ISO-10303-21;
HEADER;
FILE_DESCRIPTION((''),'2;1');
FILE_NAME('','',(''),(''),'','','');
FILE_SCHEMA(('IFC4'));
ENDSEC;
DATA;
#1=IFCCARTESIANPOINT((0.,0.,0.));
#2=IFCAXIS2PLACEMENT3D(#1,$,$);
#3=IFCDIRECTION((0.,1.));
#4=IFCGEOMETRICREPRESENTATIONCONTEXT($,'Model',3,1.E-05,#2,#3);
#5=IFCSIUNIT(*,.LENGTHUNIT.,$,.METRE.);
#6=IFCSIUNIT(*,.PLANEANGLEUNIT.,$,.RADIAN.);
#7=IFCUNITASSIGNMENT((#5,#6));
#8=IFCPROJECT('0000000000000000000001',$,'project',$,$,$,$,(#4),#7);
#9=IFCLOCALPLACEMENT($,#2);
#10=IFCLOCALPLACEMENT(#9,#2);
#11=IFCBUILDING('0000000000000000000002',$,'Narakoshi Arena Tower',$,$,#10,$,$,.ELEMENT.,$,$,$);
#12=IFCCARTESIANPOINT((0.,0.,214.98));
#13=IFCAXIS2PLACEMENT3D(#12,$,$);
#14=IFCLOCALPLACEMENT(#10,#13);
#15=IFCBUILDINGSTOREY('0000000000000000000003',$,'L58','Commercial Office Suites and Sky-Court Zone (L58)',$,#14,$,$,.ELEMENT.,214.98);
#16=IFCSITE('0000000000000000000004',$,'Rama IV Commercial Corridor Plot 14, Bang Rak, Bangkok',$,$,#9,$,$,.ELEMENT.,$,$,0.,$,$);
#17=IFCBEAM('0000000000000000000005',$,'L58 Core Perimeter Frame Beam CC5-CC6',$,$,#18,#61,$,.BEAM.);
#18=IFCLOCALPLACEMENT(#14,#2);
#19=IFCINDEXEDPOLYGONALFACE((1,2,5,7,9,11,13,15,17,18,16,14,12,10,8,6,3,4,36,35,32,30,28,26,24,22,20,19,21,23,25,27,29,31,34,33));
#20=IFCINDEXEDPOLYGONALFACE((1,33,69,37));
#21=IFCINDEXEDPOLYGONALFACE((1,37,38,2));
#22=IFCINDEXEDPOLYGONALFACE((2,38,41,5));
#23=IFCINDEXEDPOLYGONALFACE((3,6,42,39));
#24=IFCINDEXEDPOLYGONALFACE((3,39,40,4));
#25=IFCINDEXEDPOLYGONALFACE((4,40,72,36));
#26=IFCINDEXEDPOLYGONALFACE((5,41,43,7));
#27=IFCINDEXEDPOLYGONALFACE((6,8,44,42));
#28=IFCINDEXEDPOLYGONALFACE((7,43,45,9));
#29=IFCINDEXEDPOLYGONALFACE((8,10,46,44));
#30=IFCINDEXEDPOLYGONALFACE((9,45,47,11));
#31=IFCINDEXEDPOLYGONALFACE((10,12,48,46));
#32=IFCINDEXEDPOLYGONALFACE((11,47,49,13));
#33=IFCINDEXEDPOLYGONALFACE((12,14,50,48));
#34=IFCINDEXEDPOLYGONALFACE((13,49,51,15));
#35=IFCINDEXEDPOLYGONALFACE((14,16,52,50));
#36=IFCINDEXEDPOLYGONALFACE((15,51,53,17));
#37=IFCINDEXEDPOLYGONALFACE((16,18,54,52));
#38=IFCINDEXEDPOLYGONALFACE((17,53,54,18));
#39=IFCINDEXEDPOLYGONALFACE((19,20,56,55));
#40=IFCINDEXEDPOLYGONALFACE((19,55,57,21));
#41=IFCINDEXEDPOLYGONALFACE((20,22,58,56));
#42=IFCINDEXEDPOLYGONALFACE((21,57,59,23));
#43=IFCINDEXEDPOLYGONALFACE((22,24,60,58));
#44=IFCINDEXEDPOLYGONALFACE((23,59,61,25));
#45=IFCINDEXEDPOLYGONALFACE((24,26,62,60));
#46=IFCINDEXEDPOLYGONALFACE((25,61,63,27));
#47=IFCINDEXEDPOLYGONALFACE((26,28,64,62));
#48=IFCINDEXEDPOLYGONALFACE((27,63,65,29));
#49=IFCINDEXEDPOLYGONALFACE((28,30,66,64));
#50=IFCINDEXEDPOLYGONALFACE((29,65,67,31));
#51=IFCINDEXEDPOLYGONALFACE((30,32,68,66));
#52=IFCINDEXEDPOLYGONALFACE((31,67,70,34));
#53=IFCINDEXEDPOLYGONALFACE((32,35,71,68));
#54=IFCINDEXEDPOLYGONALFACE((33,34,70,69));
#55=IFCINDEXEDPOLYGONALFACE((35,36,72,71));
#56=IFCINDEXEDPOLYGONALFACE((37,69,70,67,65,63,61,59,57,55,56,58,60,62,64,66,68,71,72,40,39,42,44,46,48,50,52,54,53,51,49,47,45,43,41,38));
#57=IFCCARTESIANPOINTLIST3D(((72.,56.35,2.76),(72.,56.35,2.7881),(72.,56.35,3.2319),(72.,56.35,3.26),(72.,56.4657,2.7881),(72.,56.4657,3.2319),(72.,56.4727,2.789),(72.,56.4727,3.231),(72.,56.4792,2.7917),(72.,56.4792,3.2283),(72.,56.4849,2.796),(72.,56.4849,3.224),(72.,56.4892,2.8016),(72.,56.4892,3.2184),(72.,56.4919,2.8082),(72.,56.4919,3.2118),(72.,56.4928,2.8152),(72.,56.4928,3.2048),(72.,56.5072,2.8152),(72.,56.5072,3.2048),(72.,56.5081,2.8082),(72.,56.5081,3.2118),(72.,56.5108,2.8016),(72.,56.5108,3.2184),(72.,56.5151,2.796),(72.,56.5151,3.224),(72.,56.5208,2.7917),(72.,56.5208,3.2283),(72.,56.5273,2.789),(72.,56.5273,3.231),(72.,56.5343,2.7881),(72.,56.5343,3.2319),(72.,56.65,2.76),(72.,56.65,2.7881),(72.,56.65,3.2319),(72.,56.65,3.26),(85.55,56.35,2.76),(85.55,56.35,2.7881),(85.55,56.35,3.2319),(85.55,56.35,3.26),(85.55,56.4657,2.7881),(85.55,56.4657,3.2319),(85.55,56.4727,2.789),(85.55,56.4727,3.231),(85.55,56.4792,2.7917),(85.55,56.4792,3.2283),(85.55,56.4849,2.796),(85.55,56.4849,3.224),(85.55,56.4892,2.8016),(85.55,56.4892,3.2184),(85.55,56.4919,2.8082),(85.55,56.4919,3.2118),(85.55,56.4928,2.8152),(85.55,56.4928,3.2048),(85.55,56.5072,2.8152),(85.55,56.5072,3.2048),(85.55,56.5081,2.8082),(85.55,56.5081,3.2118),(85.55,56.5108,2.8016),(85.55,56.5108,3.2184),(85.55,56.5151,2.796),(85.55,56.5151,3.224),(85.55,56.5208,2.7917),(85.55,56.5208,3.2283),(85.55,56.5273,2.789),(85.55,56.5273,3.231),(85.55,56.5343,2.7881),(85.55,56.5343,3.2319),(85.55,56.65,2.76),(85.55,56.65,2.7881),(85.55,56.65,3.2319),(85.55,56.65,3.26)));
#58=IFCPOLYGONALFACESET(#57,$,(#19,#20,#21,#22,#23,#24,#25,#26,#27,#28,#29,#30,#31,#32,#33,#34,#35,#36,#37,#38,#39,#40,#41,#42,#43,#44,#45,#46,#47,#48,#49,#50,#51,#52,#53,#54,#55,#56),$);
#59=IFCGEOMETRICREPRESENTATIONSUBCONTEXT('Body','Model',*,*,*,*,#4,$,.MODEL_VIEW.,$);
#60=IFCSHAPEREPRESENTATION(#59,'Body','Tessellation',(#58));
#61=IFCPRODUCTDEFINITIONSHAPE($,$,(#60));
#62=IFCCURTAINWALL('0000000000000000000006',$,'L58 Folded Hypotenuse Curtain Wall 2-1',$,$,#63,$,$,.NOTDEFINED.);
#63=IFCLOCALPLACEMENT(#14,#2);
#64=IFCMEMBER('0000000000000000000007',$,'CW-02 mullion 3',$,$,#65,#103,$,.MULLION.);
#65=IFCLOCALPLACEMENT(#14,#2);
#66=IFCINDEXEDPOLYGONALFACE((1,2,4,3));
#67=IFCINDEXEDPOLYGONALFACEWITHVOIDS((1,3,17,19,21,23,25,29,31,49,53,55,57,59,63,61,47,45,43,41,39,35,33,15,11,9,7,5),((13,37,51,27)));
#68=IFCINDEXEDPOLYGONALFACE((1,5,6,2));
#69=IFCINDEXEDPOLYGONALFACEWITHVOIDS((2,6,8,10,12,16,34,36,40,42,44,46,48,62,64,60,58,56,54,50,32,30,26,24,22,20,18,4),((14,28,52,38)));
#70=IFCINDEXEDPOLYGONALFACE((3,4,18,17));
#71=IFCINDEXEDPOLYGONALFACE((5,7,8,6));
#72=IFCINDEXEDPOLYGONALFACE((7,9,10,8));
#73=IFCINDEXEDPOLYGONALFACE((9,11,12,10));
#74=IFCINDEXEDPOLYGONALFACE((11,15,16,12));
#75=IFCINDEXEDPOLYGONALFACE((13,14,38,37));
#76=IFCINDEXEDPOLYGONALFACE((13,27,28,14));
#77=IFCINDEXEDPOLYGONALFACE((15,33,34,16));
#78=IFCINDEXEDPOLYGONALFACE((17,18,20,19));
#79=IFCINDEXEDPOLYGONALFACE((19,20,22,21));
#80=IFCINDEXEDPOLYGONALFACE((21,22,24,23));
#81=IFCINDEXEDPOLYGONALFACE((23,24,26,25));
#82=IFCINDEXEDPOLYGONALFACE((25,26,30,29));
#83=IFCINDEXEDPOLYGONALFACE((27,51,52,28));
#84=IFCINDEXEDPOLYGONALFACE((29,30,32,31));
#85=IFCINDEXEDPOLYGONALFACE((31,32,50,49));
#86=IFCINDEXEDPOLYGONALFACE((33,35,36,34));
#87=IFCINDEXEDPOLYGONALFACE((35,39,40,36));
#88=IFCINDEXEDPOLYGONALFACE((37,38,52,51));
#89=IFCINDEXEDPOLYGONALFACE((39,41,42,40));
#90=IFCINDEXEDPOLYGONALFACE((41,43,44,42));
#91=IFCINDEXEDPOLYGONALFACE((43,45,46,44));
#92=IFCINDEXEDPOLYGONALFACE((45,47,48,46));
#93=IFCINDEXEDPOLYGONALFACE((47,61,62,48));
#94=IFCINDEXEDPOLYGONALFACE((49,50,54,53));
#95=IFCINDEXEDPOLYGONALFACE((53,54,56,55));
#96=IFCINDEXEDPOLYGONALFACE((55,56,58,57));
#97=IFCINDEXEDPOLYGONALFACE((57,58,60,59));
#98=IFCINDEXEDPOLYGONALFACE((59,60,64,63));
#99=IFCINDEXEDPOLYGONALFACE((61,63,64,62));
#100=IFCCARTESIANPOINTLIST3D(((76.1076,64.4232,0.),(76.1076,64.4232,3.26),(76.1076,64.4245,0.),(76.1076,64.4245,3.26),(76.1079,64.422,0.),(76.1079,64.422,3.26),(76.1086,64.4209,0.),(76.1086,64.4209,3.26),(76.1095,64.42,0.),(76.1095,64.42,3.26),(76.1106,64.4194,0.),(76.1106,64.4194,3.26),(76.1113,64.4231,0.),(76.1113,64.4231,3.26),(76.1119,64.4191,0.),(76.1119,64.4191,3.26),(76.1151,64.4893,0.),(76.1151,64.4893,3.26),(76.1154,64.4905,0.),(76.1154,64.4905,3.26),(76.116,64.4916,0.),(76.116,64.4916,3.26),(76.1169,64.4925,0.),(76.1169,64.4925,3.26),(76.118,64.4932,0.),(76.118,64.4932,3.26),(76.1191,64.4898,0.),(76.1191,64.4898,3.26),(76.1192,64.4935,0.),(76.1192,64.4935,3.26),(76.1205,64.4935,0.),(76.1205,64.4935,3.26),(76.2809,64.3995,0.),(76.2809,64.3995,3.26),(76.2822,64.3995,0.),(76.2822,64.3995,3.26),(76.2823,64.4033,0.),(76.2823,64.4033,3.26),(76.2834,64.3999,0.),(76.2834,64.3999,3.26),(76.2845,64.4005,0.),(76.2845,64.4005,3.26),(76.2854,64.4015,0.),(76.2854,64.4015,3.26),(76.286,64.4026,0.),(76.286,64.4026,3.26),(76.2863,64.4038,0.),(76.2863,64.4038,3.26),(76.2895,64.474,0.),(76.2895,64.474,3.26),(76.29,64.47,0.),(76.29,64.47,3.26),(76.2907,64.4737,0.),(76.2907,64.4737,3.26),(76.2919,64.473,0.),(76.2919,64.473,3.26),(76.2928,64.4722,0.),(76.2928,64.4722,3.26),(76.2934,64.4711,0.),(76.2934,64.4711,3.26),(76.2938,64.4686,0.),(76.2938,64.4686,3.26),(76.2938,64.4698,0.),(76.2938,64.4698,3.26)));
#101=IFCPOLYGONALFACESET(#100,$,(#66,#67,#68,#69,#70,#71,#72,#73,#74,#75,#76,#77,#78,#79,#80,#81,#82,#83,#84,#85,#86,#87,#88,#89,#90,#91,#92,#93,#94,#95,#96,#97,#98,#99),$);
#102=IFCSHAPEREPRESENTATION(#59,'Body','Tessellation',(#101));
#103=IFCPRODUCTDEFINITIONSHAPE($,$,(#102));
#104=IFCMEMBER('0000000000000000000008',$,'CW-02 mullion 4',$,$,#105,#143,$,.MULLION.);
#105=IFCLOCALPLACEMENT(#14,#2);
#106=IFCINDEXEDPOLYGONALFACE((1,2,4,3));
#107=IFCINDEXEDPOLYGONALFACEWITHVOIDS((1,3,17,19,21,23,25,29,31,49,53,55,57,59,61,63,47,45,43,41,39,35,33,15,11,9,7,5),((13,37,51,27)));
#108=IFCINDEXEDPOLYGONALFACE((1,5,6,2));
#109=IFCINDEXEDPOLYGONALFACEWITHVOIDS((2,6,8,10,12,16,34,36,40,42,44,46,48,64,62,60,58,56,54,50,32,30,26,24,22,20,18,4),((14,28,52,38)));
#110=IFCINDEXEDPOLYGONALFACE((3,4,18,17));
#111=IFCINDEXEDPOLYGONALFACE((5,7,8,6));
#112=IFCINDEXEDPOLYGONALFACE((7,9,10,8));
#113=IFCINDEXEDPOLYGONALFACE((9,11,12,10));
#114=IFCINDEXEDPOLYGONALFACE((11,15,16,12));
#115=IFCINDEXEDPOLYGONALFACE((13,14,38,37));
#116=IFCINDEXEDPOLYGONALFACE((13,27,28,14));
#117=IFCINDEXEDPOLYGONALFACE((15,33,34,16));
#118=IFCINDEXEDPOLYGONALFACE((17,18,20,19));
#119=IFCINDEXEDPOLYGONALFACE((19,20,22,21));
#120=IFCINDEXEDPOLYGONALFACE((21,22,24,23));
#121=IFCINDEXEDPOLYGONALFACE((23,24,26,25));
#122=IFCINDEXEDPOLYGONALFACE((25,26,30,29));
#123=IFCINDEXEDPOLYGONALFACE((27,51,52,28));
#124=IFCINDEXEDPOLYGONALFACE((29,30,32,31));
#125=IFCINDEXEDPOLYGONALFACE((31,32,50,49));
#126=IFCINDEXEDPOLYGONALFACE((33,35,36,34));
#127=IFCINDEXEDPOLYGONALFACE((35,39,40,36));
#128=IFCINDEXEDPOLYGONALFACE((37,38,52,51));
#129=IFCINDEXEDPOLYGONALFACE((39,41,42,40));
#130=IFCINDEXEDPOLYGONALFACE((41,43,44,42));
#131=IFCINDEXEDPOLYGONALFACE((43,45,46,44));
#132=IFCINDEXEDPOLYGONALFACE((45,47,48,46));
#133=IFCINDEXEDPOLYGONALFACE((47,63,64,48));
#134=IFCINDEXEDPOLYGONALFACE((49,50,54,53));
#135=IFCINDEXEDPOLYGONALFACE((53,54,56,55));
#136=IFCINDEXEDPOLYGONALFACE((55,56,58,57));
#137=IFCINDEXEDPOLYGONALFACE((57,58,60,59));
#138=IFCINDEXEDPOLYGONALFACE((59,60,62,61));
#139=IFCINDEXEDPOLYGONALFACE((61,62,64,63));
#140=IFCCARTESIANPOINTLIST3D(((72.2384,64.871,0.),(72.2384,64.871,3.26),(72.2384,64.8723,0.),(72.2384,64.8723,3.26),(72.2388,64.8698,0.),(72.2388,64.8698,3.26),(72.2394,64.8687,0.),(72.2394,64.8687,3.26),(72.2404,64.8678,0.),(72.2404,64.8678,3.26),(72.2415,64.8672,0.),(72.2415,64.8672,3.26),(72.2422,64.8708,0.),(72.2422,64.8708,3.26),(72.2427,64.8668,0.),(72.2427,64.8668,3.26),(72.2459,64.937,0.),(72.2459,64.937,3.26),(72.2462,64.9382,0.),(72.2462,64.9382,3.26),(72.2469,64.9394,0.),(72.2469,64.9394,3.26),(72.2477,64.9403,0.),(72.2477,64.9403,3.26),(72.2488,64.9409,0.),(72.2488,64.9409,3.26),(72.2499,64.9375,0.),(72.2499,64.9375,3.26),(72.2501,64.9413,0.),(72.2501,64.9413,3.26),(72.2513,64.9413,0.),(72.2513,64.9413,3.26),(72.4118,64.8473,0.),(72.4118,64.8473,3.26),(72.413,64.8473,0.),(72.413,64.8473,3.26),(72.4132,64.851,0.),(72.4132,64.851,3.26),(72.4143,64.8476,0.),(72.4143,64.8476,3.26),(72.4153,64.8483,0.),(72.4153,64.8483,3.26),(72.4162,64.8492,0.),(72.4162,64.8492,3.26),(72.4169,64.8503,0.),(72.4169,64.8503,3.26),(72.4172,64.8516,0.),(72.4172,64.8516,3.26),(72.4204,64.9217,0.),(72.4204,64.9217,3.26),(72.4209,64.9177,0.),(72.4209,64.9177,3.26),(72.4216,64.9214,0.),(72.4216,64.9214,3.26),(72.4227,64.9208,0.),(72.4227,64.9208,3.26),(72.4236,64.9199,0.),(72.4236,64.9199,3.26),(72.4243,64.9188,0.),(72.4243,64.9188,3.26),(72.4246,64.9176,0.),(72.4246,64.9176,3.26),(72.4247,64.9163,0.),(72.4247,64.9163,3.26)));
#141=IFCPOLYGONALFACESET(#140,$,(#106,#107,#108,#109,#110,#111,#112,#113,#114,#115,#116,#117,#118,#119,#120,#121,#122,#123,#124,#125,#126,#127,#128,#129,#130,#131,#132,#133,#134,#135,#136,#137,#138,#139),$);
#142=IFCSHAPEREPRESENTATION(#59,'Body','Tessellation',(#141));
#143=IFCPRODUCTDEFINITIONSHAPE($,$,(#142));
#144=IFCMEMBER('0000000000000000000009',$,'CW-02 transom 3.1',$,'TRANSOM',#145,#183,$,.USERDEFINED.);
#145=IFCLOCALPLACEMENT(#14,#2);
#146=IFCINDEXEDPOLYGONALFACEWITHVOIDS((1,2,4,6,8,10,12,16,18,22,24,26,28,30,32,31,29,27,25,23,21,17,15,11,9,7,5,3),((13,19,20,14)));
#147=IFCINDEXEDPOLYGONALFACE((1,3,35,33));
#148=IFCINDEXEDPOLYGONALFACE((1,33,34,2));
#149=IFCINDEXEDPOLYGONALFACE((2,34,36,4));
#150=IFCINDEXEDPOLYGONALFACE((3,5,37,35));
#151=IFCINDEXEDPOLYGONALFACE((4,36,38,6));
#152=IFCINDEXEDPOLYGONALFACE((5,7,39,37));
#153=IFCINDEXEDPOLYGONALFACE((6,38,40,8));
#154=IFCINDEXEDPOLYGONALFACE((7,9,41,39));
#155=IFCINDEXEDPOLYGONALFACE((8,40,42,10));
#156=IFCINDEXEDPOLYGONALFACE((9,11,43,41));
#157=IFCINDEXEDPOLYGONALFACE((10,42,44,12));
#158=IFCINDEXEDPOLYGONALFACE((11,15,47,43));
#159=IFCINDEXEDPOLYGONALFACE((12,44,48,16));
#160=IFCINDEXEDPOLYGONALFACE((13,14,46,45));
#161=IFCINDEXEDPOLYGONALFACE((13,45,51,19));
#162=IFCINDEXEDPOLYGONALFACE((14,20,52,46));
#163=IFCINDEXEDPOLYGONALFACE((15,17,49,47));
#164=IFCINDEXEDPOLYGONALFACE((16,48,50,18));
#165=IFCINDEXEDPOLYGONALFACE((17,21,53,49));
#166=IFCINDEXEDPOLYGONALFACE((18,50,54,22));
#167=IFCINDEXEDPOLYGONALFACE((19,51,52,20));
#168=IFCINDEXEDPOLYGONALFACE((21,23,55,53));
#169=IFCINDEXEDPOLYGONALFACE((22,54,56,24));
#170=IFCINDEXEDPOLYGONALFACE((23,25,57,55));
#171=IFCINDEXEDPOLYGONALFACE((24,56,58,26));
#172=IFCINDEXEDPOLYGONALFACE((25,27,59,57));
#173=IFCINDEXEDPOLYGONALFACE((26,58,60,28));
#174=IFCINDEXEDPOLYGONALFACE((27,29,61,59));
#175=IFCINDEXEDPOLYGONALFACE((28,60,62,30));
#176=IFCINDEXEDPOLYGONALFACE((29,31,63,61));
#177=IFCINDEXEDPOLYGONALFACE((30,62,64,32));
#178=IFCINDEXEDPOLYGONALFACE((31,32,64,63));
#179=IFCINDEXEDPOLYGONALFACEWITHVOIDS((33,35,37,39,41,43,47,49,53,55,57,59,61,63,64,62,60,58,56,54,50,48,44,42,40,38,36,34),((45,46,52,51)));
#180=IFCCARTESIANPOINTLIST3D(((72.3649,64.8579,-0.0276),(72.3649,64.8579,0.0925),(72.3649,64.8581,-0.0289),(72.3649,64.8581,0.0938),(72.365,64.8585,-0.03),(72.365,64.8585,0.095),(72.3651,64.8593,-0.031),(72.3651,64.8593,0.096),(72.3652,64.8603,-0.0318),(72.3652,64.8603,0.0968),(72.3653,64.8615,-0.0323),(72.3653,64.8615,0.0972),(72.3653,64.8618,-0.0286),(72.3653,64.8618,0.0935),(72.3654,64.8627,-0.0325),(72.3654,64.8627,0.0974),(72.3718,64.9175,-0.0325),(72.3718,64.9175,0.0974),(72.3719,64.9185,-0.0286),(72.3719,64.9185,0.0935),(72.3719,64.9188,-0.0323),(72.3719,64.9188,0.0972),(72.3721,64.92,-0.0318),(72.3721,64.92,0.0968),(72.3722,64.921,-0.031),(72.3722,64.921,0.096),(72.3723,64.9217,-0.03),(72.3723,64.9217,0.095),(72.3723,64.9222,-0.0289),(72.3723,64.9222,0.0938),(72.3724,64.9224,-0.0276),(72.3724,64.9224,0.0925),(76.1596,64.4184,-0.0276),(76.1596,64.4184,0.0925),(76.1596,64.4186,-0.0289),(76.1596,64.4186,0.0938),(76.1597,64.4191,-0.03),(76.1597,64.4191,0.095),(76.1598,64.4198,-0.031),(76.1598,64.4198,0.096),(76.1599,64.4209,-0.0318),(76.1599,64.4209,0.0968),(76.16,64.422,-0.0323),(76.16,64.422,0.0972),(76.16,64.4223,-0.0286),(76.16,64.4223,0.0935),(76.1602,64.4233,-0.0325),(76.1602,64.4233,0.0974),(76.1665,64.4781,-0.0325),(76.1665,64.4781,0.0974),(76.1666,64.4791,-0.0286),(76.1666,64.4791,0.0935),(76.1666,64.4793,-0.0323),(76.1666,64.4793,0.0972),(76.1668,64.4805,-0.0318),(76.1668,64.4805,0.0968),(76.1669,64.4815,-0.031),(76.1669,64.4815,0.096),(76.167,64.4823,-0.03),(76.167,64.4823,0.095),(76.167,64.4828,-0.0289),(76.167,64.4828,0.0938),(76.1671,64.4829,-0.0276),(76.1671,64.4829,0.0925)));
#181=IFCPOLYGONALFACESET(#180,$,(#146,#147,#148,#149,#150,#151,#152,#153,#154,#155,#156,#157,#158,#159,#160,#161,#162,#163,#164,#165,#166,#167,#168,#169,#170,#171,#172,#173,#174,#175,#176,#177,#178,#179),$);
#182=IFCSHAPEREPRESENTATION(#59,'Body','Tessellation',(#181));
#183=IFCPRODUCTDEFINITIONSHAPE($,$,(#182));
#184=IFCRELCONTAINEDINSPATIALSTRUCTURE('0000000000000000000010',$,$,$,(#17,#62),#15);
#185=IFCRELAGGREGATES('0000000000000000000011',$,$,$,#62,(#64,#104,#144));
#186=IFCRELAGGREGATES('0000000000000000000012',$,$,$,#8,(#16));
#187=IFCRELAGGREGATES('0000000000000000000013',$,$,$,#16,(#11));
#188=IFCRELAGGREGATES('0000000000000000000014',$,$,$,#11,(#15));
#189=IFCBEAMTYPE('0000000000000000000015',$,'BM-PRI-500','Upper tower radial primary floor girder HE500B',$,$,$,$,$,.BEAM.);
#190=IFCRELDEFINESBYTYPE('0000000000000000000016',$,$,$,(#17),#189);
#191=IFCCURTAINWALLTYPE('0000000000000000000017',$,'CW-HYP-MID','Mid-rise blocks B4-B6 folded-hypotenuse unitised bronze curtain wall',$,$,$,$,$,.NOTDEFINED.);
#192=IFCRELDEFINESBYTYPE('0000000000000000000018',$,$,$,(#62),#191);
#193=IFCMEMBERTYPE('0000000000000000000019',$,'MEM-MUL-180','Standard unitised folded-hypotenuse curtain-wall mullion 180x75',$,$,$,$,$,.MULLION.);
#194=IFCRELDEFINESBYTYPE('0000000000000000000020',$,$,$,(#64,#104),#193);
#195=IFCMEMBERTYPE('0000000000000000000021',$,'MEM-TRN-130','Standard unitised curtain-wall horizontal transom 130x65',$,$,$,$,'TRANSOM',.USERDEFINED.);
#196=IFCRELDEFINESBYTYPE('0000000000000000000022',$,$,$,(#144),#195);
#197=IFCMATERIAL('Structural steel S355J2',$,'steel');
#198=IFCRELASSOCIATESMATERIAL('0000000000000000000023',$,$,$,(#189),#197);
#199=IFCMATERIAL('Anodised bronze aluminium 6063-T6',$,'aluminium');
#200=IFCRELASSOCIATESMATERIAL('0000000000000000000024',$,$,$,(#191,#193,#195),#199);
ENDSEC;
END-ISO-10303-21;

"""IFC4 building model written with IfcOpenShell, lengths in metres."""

from ifc_helpers import new_model, si_unit, direction, frame, origin, origin_2d, place, context, subcontext, project, spatial, hollow_rectangle, i_section, extrude, material, material_profile, profile_set, type_object, element, aggregate, save


model = new_model("IFC4")

# Units and contexts
model_context = context("Model", 3, precision=1e-05, world=origin(), true_north=direction((0.0, 1.0)))
body_context = subcontext(model_context, "Body", "Model", "MODEL_VIEW")
ifc_project = project(units=[si_unit("LENGTHUNIT", "METRE"), si_unit("PLANEANGLEUNIT", "RADIAN")], contexts=[model_context])

# Site, building, storey
site_placement = place(None, origin())
site = spatial("IfcSite", under=ifc_project, at=site_placement, Name="Rama IV Commercial Corridor Plot 14, Bang Rak, Bangkok", CompositionType="ELEMENT", RefElevation=0.0)
building_placement = place(site_placement, origin())
building = spatial("IfcBuilding", under=site, at=building_placement, Name="Narakoshi Arena Tower", CompositionType="ELEMENT")
storey_placement = place(building_placement, frame((0.0, 0.0, 214.98)))
storey = spatial("IfcBuildingStorey", under=building, at=storey_placement, Name="L58", Description="Commercial Office Suites and Sky-Court Zone (L58)", CompositionType="ELEMENT", Elevation=214.98)

# Beam
ifc_material_1 = material(Name="Structural steel S355J2", Category="steel")
ifc_material_profile_1 = material_profile(ifc_material_1, i_section(OverallWidth=0.3, OverallDepth=0.5, WebThickness=0.0144, FlangeThickness=0.0281, FilletRadius=0.0271, at=origin_2d()), Name="HE500B")
ifc_profile_set_1 = profile_set([ifc_material_profile_1], Name="Structural steel S355J2")
beam_type = type_object("IfcBeamType", Name="BM-PRI-500", Description="Upper tower radial primary floor girder HE500B", PredefinedType="BEAM", material=ifc_profile_set_1)
beam_placement = place(storey_placement, frame((72.0, 56.5, 3.01), z_axis=(1.0, 0.0, 0.0), x_axis=(0.0, 1.0, 0.0)))
element("IfcBeam", 1, at=beam_placement, inside=storey, type_object=beam_type, Name="L58 Core Perimeter Frame Beam CC5-CC6", PredefinedType="BEAM", context=body_context, shape_type="SweptSolid", body=[
    extrude(i_section(OverallWidth=0.3, OverallDepth=0.5, WebThickness=0.0144, FlangeThickness=0.0281, FilletRadius=0.0271, at=origin_2d()), origin(), (0.0, 0.0, 1.0), 13.55),
])

# Curtain wall, members
ifc_material_2 = material(Name="Anodised bronze aluminium 6063-T6", Category="aluminium")
curtain_wall_type = type_object("IfcCurtainWallType", Name="CW-HYP-MID", Description="Mid-rise blocks B4-B6 folded-hypotenuse unitised bronze curtain wall", PredefinedType="NOTDEFINED", material=ifc_material_2)
curtain_wall_placement = place(storey_placement, origin())
curtain_wall = element("IfcCurtainWall", 2, at=curtain_wall_placement, inside=storey, type_object=curtain_wall_type, Name="L58 Folded Hypotenuse Curtain Wall 2-1", PredefinedType="NOTDEFINED")
ifc_material_profile_2 = material_profile(ifc_material_2, hollow_rectangle(XDim=0.075, YDim=0.1799, WallThickness=0.0039, OuterFilletRadius=0.0049, at=origin_2d()), Name="MUL180x75x4")
ifc_profile_set_2 = profile_set([ifc_material_profile_2], Name="Anodised bronze aluminium 6063-T6")
member_type_1 = type_object("IfcMemberType", Name="MEM-MUL-180", Description="Standard unitised folded-hypotenuse curtain-wall mullion 180x75", PredefinedType="MULLION", material=ifc_profile_set_2)
member_1_placement = place(storey_placement, frame((76.2007, 64.4465, 0.0), z_axis=(0.0, 0.0, 1.0), x_axis=(-0.115011, -0.993364, 0.0)))
member_1 = element("IfcMember", 3, at=member_1_placement, type_object=member_type_1, Name="CW-02 mullion 3", PredefinedType="MULLION", context=body_context, shape_type="SweptSolid", body=[
    extrude(hollow_rectangle(XDim=0.075, YDim=0.1799, WallThickness=0.0039, OuterFilletRadius=0.0049, at=origin_2d()), origin(), (0.0, 0.0, 1.0), 3.26),
])
member_2_placement = place(storey_placement, frame((72.3315, 64.8943, 0.0), z_axis=(0.0, 0.0, 1.0), x_axis=(-0.115011, -0.993364, 0.0)))
member_2 = element("IfcMember", 4, at=member_2_placement, type_object=member_type_1, Name="CW-02 mullion 4", PredefinedType="MULLION", context=body_context, shape_type="SweptSolid", body=[
    extrude(hollow_rectangle(XDim=0.075, YDim=0.1799, WallThickness=0.0039, OuterFilletRadius=0.0049, at=origin_2d()), origin(), (0.0, 0.0, 1.0), 3.26),
])
ifc_material_profile_3 = material_profile(ifc_material_2, hollow_rectangle(XDim=0.0649, YDim=0.1299, WallThickness=0.0039, OuterFilletRadius=0.0049, at=origin_2d()), Name="TRN130x65x4")
ifc_profile_set_3 = profile_set([ifc_material_profile_3], Name="Anodised bronze aluminium 6063-T6")
member_type_2 = type_object("IfcMemberType", Name="MEM-TRN-130", Description="Standard unitised curtain-wall horizontal transom 130x65", ElementType="TRANSOM", PredefinedType="USERDEFINED", material=ifc_profile_set_3)
member_3_placement = place(storey_placement, frame((76.1633, 64.4507, 0.0325), z_axis=(-0.993361, 0.115039, 0.0), x_axis=(-0.115039, -0.993361, 0.0)))
member_3 = element("IfcMember", 5, at=member_3_placement, type_object=member_type_2, Name="CW-02 transom 3.1", ObjectType="TRANSOM", PredefinedType="USERDEFINED", context=body_context, shape_type="SweptSolid", body=[
    extrude(hollow_rectangle(XDim=0.0649, YDim=0.1299, WallThickness=0.0039, OuterFilletRadius=0.0049, at=origin_2d()), origin(), (0.0, 0.0, 1.0), 3.8201),
])
aggregate(curtain_wall, [member_1, member_2, member_3])

save(model, "model.ifc")
